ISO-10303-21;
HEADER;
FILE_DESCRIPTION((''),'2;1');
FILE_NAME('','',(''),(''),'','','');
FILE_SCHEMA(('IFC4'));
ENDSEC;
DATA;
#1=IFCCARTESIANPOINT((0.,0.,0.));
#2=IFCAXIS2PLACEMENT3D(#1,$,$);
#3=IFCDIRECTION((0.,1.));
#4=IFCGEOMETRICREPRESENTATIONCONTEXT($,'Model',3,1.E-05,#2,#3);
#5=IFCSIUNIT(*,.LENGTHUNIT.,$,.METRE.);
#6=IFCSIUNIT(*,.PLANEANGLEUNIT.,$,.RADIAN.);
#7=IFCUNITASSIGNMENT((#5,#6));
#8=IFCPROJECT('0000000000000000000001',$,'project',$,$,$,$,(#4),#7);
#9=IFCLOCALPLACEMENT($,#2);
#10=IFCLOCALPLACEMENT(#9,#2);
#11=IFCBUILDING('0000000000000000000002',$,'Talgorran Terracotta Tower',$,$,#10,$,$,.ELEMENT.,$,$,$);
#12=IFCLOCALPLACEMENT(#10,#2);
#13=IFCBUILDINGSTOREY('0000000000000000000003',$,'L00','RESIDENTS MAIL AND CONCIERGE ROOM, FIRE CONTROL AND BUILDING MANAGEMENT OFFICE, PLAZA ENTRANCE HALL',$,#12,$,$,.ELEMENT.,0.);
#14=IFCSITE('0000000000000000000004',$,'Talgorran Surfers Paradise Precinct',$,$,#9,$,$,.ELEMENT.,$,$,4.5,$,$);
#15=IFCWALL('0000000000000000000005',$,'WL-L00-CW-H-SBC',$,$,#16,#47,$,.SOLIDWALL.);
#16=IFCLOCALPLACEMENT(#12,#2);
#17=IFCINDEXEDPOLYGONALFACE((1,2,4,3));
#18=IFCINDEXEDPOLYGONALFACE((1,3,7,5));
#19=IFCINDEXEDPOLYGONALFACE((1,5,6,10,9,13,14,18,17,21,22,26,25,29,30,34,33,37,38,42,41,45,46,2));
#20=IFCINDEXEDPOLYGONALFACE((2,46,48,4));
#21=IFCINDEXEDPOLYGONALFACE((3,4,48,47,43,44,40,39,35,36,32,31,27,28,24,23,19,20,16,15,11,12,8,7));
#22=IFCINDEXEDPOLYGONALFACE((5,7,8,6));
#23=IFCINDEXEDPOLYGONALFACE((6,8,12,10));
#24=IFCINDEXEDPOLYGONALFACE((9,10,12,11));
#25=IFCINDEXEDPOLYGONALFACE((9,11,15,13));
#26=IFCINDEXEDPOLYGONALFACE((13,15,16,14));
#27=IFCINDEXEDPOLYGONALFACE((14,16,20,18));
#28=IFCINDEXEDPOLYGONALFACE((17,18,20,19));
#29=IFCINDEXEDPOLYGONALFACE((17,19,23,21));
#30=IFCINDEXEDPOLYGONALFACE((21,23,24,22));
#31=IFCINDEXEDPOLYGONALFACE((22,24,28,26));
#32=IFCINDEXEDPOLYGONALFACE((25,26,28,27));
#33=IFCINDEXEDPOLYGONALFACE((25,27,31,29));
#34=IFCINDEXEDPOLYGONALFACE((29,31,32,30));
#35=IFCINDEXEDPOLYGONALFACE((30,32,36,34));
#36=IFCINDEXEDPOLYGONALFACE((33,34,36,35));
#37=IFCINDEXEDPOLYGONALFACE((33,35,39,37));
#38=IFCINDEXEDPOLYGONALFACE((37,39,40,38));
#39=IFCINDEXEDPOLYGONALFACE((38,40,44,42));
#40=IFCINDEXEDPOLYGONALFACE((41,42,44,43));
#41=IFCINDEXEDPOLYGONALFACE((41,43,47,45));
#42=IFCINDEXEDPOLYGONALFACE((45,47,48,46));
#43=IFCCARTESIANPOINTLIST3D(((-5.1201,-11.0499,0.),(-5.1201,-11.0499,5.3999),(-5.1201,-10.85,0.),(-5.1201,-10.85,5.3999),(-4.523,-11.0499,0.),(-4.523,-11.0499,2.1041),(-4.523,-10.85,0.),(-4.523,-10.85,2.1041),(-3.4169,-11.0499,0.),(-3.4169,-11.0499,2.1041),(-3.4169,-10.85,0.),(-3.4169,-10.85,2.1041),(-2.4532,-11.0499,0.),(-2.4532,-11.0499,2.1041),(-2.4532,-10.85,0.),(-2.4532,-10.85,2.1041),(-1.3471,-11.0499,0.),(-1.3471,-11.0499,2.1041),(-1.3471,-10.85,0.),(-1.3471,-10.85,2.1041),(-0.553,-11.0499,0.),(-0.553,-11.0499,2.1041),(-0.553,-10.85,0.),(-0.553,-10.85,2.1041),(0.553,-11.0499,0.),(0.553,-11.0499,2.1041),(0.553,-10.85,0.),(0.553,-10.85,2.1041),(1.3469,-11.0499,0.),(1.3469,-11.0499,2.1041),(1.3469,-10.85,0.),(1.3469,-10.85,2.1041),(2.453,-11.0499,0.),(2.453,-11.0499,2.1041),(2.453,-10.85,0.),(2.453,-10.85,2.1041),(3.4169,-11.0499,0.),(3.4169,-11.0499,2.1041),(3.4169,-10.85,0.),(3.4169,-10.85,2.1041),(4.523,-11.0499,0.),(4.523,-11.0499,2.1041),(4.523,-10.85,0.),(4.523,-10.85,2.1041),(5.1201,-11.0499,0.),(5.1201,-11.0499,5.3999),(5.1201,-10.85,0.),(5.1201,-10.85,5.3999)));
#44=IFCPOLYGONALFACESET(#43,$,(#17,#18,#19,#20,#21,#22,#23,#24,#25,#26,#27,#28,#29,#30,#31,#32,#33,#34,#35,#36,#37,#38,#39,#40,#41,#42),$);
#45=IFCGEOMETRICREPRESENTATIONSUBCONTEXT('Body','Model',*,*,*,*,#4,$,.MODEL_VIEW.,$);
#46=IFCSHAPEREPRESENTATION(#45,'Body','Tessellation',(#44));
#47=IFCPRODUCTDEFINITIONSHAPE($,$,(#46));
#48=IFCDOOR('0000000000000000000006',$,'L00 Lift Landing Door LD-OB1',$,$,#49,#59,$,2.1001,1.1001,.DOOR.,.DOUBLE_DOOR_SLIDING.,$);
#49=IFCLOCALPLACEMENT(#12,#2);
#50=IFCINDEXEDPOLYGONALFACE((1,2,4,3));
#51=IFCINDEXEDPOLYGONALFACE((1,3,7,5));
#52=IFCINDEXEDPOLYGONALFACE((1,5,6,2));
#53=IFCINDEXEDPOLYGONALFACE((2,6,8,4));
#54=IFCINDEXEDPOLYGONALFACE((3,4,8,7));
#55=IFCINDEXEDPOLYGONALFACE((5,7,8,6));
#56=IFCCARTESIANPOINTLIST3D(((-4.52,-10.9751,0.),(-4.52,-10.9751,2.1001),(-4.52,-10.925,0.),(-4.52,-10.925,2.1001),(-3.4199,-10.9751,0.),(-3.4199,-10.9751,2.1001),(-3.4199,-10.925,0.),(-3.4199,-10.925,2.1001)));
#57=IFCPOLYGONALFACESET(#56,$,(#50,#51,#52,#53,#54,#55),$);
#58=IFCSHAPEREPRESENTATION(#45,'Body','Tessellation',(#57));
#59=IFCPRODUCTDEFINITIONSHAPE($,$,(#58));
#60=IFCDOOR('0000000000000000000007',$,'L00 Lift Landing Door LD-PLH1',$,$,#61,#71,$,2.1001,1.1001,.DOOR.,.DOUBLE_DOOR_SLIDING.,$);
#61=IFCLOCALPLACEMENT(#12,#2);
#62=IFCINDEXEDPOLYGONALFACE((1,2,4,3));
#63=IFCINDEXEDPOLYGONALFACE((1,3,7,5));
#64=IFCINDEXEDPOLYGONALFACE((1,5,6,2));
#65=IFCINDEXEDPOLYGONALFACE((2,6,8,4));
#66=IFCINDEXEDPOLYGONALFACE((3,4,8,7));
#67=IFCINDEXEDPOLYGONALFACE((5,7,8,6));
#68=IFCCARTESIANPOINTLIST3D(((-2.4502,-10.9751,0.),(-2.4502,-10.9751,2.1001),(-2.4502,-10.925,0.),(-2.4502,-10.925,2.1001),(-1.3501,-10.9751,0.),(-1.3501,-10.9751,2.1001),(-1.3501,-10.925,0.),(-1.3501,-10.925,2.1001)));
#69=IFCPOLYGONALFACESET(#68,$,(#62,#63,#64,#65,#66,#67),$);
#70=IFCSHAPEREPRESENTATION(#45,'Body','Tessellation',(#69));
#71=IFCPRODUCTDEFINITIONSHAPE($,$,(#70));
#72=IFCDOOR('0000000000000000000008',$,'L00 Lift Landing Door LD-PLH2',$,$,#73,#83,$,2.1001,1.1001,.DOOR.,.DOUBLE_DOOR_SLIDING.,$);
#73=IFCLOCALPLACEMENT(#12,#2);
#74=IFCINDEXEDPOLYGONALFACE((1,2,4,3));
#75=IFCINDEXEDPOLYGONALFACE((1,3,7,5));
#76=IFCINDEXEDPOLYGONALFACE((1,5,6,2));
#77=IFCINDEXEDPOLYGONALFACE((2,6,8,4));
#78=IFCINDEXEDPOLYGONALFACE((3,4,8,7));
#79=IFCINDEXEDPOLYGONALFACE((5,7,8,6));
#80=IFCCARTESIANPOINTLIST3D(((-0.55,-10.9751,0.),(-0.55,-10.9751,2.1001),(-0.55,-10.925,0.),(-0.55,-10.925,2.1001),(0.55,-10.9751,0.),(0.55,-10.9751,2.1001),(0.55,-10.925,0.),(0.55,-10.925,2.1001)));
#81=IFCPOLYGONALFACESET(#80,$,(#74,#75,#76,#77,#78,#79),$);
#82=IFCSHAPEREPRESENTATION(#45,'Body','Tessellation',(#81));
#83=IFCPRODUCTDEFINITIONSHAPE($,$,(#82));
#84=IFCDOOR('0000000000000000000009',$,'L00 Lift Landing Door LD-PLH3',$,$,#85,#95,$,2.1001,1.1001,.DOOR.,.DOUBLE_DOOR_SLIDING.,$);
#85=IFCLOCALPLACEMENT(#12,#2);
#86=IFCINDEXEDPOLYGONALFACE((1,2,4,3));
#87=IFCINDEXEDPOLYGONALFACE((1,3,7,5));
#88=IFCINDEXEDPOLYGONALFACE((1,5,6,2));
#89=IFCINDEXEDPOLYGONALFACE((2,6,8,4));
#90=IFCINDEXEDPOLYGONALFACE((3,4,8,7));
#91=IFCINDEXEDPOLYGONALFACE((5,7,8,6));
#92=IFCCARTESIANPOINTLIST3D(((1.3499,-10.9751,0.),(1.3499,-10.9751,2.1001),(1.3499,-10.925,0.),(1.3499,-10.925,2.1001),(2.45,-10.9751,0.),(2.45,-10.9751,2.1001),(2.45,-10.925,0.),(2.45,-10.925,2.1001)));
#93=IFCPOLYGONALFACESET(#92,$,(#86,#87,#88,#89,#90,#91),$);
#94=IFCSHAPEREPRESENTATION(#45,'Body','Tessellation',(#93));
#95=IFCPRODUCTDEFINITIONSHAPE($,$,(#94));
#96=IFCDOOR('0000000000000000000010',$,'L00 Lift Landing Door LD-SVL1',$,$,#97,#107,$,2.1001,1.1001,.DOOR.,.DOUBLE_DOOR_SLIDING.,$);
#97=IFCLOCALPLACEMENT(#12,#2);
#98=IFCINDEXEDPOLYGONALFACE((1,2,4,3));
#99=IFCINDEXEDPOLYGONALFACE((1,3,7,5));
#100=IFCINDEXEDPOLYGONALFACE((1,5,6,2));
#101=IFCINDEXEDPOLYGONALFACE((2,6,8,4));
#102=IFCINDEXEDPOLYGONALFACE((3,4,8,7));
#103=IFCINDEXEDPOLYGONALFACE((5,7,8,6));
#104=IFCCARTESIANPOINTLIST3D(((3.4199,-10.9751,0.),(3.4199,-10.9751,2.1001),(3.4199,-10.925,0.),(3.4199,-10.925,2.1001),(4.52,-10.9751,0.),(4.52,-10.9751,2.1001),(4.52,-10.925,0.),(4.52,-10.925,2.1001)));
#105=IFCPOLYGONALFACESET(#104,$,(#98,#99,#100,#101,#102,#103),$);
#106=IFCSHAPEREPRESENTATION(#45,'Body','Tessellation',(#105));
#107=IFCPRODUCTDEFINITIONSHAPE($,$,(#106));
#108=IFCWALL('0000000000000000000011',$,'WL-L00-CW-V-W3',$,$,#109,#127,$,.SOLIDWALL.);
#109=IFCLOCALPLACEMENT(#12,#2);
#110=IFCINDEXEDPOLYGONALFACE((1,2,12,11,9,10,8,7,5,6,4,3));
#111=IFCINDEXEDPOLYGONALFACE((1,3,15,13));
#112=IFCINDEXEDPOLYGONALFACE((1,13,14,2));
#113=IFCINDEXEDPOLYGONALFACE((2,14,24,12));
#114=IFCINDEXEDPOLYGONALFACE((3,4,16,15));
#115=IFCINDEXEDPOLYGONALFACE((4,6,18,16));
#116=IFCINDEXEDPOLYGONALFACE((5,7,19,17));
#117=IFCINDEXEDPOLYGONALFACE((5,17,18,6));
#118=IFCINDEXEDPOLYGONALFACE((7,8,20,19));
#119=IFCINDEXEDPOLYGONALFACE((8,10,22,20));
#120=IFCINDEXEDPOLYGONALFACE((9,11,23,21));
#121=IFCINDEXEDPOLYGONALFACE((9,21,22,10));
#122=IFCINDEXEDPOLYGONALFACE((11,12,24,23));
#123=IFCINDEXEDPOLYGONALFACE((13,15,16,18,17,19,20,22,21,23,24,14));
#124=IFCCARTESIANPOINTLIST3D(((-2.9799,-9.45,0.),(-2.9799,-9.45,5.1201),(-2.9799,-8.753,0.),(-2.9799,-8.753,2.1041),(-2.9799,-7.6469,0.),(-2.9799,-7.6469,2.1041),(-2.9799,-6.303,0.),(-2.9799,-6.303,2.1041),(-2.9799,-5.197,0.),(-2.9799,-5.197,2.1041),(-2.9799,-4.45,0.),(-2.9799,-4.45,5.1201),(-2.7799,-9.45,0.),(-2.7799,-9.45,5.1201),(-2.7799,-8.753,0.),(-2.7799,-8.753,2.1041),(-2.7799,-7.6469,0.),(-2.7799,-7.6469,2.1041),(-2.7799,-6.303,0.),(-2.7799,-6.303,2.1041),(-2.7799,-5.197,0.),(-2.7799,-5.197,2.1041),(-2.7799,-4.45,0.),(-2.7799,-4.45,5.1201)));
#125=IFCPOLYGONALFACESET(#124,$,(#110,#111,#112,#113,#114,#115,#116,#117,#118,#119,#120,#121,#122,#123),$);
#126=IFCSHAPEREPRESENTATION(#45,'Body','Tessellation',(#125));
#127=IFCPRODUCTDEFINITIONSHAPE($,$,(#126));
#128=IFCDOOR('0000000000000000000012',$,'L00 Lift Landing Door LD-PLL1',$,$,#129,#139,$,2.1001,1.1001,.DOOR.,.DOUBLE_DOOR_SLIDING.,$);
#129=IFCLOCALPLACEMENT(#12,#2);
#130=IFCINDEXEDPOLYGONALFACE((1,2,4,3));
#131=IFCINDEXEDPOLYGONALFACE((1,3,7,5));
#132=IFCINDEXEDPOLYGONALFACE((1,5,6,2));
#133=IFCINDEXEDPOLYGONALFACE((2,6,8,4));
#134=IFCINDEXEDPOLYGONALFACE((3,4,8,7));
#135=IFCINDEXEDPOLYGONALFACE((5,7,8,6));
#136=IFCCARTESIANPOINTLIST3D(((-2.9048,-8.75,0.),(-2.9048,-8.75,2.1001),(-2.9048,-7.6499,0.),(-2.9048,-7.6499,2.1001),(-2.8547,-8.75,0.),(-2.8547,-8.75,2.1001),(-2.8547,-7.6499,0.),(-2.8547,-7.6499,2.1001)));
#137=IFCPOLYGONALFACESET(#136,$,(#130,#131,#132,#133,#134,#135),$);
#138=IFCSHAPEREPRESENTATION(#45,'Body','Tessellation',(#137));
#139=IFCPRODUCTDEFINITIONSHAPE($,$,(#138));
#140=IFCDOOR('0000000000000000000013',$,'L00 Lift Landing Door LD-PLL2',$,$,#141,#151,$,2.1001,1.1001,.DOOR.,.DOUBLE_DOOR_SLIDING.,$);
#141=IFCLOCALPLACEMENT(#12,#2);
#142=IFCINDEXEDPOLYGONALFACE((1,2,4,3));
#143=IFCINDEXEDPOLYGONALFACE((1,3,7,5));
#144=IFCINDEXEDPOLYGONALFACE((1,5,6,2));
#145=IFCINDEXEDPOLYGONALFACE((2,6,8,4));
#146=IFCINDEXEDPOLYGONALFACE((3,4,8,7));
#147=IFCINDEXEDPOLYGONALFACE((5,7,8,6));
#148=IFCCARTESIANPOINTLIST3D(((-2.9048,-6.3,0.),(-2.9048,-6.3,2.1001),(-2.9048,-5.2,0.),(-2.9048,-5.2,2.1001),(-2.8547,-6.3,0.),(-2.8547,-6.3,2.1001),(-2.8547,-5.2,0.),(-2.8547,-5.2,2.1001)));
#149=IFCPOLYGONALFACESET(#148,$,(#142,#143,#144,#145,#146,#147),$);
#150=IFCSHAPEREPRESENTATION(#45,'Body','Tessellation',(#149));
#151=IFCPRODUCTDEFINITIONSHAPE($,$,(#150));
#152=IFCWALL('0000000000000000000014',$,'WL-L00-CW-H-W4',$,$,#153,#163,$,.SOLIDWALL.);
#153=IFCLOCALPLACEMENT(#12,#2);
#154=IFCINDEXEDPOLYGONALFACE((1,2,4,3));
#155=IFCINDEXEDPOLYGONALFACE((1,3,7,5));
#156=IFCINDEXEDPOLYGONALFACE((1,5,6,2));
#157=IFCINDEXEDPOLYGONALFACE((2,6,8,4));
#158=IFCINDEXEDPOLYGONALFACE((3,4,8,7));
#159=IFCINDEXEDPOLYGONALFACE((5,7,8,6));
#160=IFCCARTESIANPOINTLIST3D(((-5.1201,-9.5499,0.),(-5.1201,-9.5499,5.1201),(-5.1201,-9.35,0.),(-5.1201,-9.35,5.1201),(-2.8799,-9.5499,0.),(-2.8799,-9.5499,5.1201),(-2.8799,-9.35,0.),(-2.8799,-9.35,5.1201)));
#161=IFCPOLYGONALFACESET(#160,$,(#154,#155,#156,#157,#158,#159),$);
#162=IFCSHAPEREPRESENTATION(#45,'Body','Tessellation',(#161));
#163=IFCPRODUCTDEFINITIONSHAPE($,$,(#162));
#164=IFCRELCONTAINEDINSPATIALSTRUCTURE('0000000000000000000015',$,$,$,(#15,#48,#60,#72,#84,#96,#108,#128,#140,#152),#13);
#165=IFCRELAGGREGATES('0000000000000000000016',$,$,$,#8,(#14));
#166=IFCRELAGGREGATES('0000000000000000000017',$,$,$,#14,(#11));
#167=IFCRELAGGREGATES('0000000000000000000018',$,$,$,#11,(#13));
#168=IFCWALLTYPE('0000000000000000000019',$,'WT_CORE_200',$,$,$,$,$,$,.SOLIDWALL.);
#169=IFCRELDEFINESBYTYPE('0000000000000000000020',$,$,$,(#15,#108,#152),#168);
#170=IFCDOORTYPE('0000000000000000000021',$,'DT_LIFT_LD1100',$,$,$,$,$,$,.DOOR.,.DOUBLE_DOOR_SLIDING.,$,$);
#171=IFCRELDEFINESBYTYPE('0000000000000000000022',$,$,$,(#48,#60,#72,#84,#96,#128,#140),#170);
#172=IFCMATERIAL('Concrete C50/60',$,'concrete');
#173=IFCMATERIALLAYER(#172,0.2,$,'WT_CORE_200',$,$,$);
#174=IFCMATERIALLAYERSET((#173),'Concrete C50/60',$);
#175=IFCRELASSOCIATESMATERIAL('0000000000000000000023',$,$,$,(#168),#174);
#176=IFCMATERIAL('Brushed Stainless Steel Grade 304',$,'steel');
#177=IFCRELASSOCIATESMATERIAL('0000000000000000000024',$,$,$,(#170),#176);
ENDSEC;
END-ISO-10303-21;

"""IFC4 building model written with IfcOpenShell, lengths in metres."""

from ifc_helpers import new_model, si_unit, direction, frame, frame_2d, origin, place, context, subcontext, project, spatial, rectangle, extrude, material, layer, layer_set, type_object, element, fill, save


model = new_model("IFC4")

# Units and contexts
model_context = context("Model", 3, precision=1e-05, world=origin(), true_north=direction((0.0, 1.0)))
body_context = subcontext(model_context, "Body", "Model", "MODEL_VIEW")
ifc_project = project(units=[si_unit("LENGTHUNIT", "METRE"), si_unit("PLANEANGLEUNIT", "RADIAN")], contexts=[model_context])

# Site, building, storey
site_placement = place(None, origin())
site = spatial("IfcSite", under=ifc_project, at=site_placement, Name="Talgorran Surfers Paradise Precinct", CompositionType="ELEMENT", RefElevation=4.5)
building_placement = place(site_placement, origin())
building = spatial("IfcBuilding", under=site, at=building_placement, Name="Talgorran Terracotta Tower", CompositionType="ELEMENT")
storey_placement = place(building_placement, origin())
storey = spatial("IfcBuildingStorey", under=building, at=storey_placement, Name="L00", Description="RESIDENTS MAIL AND CONCIERGE ROOM, FIRE CONTROL AND BUILDING MANAGEMENT OFFICE, PLAZA ENTRANCE HALL", CompositionType="ELEMENT", Elevation=0.0)

# Walls, openings, doors
ifc_material_1 = material(Name="Concrete C50/60", Category="concrete")
ifc_layer_1 = layer(ifc_material_1, 0.2, Name="WT_CORE_200")
ifc_layer_set_1 = layer_set([ifc_layer_1], Name="Concrete C50/60")
wall_type_1 = type_object("IfcWallType", Name="WT_CORE_200", PredefinedType="SOLIDWALL", material=ifc_layer_set_1)
ifc_material_2 = material(Name="Brushed Stainless Steel Grade 304", Category="steel")
door_type_1 = type_object("IfcDoorType", Name="DT_LIFT_LD1100", OperationType="DOUBLE_DOOR_SLIDING", PredefinedType="DOOR", material=ifc_material_2)
wall_1_placement = place(storey_placement, frame((-5.1201, -10.95, 0.0), z_axis=(0.0, 0.0, 1.0), x_axis=(1.0, 0.0, 0.0)))
wall_1 = element("IfcWall", 1, at=wall_1_placement, inside=storey, type_object=wall_type_1, Name="WL-L00-CW-H-SBC", PredefinedType="SOLIDWALL", context=body_context, shape_type="SweptSolid", body=[
    extrude(rectangle(XDim=10.2402, YDim=0.2, at=frame_2d((5.1201, 0.0))), origin(), (0.0, 0.0, 1.0), 5.3999),
])
opening_1_placement = place(wall_1_placement, frame((0.6001, 0.0, 0.0)))
opening_1 = element("IfcOpeningElement", 2, at=opening_1_placement, cuts=wall_1, PredefinedType="OPENING", context=body_context, shape_type="SweptSolid", body=[
    extrude(rectangle(XDim=1.1061, YDim=2.1041, at=frame_2d((0.55, 1.052))), frame((0.0, 0.1099, 0.0), z_axis=(0.0, -1.0, 0.0), x_axis=(1.0, 0.0, 0.0)), (0.0, 0.0, 1.0), 0.22),
])
opening_2_placement = place(wall_1_placement, frame((2.6699, 0.0, 0.0)))
opening_2 = element("IfcOpeningElement", 3, at=opening_2_placement, cuts=wall_1, PredefinedType="OPENING", context=body_context, shape_type="SweptSolid", body=[
    extrude(rectangle(XDim=1.1061, YDim=2.1041, at=frame_2d((0.55, 1.052))), frame((0.0, 0.1099, 0.0), z_axis=(0.0, -1.0, 0.0), x_axis=(1.0, 0.0, 0.0)), (0.0, 0.0, 1.0), 0.22),
])
opening_3_placement = place(wall_1_placement, frame((4.5701, 0.0, 0.0)))
opening_3 = element("IfcOpeningElement", 4, at=opening_3_placement, cuts=wall_1, PredefinedType="OPENING", context=body_context, shape_type="SweptSolid", body=[
    extrude(rectangle(XDim=1.1061, YDim=2.1041, at=frame_2d((0.55, 1.052))), frame((0.0, 0.1099, 0.0), z_axis=(0.0, -1.0, 0.0), x_axis=(1.0, 0.0, 0.0)), (0.0, 0.0, 1.0), 0.22),
])
opening_4_placement = place(wall_1_placement, frame((6.47, 0.0, 0.0)))
opening_4 = element("IfcOpeningElement", 5, at=opening_4_placement, cuts=wall_1, PredefinedType="OPENING", context=body_context, shape_type="SweptSolid", body=[
    extrude(rectangle(XDim=1.1061, YDim=2.1041, at=frame_2d((0.55, 1.052))), frame((0.0, 0.1099, 0.0), z_axis=(0.0, -1.0, 0.0), x_axis=(1.0, 0.0, 0.0)), (0.0, 0.0, 1.0), 0.22),
])
opening_5_placement = place(wall_1_placement, frame((8.54, 0.0, 0.0)))
opening_5 = element("IfcOpeningElement", 6, at=opening_5_placement, cuts=wall_1, PredefinedType="OPENING", context=body_context, shape_type="SweptSolid", body=[
    extrude(rectangle(XDim=1.1061, YDim=2.1041, at=frame_2d((0.55, 1.052))), frame((0.0, 0.1099, 0.0), z_axis=(0.0, -1.0, 0.0), x_axis=(1.0, 0.0, 0.0)), (0.0, 0.0, 1.0), 0.22),
])
door_1_placement = place(opening_1_placement, origin())
door_1 = element("IfcDoor", 7, at=door_1_placement, inside=storey, type_object=door_type_1, Name="L00 Lift Landing Door LD-OB1", OperationType="DOUBLE_DOOR_SLIDING", OverallHeight=2.1001, OverallWidth=1.1001, PredefinedType="DOOR", context=body_context, shape_type="SweptSolid", body=[
    extrude(rectangle(XDim=1.1001, YDim=2.1001, at=frame_2d((0.55, 1.05))), frame((0.0, 0.0249, 0.0), z_axis=(0.0, -1.0, 0.0), x_axis=(1.0, 0.0, 0.0)), (0.0, 0.0, 1.0), 0.05),
])
fill(opening_1, door_1)
door_2_placement = place(opening_2_placement, origin())
door_2 = element("IfcDoor", 8, at=door_2_placement, inside=storey, type_object=door_type_1, Name="L00 Lift Landing Door LD-PLH1", OperationType="DOUBLE_DOOR_SLIDING", OverallHeight=2.1001, OverallWidth=1.1001, PredefinedType="DOOR", context=body_context, shape_type="SweptSolid", body=[
    extrude(rectangle(XDim=1.1001, YDim=2.1001, at=frame_2d((0.55, 1.05))), frame((0.0, 0.0249, 0.0), z_axis=(0.0, -1.0, 0.0), x_axis=(1.0, 0.0, 0.0)), (0.0, 0.0, 1.0), 0.05),
])
fill(opening_2, door_2)
door_3_placement = place(opening_3_placement, origin())
door_3 = element("IfcDoor", 9, at=door_3_placement, inside=storey, type_object=door_type_1, Name="L00 Lift Landing Door LD-PLH2", OperationType="DOUBLE_DOOR_SLIDING", OverallHeight=2.1001, OverallWidth=1.1001, PredefinedType="DOOR", context=body_context, shape_type="SweptSolid", body=[
    extrude(rectangle(XDim=1.1001, YDim=2.1001, at=frame_2d((0.55, 1.05))), frame((0.0, 0.0249, 0.0), z_axis=(0.0, -1.0, 0.0), x_axis=(1.0, 0.0, 0.0)), (0.0, 0.0, 1.0), 0.05),
])
fill(opening_3, door_3)
door_4_placement = place(opening_4_placement, origin())
door_4 = element("IfcDoor", 10, at=door_4_placement, inside=storey, type_object=door_type_1, Name="L00 Lift Landing Door LD-PLH3", OperationType="DOUBLE_DOOR_SLIDING", OverallHeight=2.1001, OverallWidth=1.1001, PredefinedType="DOOR", context=body_context, shape_type="SweptSolid", body=[
    extrude(rectangle(XDim=1.1001, YDim=2.1001, at=frame_2d((0.55, 1.05))), frame((0.0, 0.0249, 0.0), z_axis=(0.0, -1.0, 0.0), x_axis=(1.0, 0.0, 0.0)), (0.0, 0.0, 1.0), 0.05),
])
fill(opening_4, door_4)
door_5_placement = place(opening_5_placement, origin())
door_5 = element("IfcDoor", 11, at=door_5_placement, inside=storey, type_object=door_type_1, Name="L00 Lift Landing Door LD-SVL1", OperationType="DOUBLE_DOOR_SLIDING", OverallHeight=2.1001, OverallWidth=1.1001, PredefinedType="DOOR", context=body_context, shape_type="SweptSolid", body=[
    extrude(rectangle(XDim=1.1001, YDim=2.1001, at=frame_2d((0.55, 1.05))), frame((0.0, 0.0249, 0.0), z_axis=(0.0, -1.0, 0.0), x_axis=(1.0, 0.0, 0.0)), (0.0, 0.0, 1.0), 0.05),
])
fill(opening_5, door_5)
wall_2_placement = place(storey_placement, frame((-2.8799, -9.45, 0.0), z_axis=(0.0, 0.0, 1.0), x_axis=(0.0, 1.0, 0.0)))
wall_2 = element("IfcWall", 12, at=wall_2_placement, inside=storey, type_object=wall_type_1, Name="WL-L00-CW-V-W3", PredefinedType="SOLIDWALL", context=body_context, shape_type="SweptSolid", body=[
    extrude(rectangle(XDim=5.0, YDim=0.2, at=frame_2d((2.5, 0.0))), origin(), (0.0, 0.0, 1.0), 5.1201),
])
opening_6_placement = place(wall_2_placement, frame((0.7, 0.0, 0.0)))
opening_6 = element("IfcOpeningElement", 13, at=opening_6_placement, cuts=wall_2, PredefinedType="OPENING", context=body_context, shape_type="SweptSolid", body=[
    extrude(rectangle(XDim=1.1061, YDim=2.1041, at=frame_2d((0.55, 1.052))), frame((0.0, 0.1099, 0.0), z_axis=(0.0, -1.0, 0.0), x_axis=(1.0, 0.0, 0.0)), (0.0, 0.0, 1.0), 0.22),
])
opening_7_placement = place(wall_2_placement, frame((3.1499, 0.0, 0.0)))
opening_7 = element("IfcOpeningElement", 14, at=opening_7_placement, cuts=wall_2, PredefinedType="OPENING", context=body_context, shape_type="SweptSolid", body=[
    extrude(rectangle(XDim=1.1061, YDim=2.1041, at=frame_2d((0.55, 1.052))), frame((0.0, 0.1099, 0.0), z_axis=(0.0, -1.0, 0.0), x_axis=(1.0, 0.0, 0.0)), (0.0, 0.0, 1.0), 0.22),
])
door_6_placement = place(opening_6_placement, origin())
door_6 = element("IfcDoor", 15, at=door_6_placement, inside=storey, type_object=door_type_1, Name="L00 Lift Landing Door LD-PLL1", OperationType="DOUBLE_DOOR_SLIDING", OverallHeight=2.1001, OverallWidth=1.1001, PredefinedType="DOOR", context=body_context, shape_type="SweptSolid", body=[
    extrude(rectangle(XDim=1.1001, YDim=2.1001, at=frame_2d((0.55, 1.05))), frame((0.0, 0.0249, 0.0), z_axis=(0.0, -1.0, 0.0), x_axis=(1.0, 0.0, 0.0)), (0.0, 0.0, 1.0), 0.05),
])
fill(opening_6, door_6)
door_7_placement = place(opening_7_placement, origin())
door_7 = element("IfcDoor", 16, at=door_7_placement, inside=storey, type_object=door_type_1, Name="L00 Lift Landing Door LD-PLL2", OperationType="DOUBLE_DOOR_SLIDING", OverallHeight=2.1001, OverallWidth=1.1001, PredefinedType="DOOR", context=body_context, shape_type="SweptSolid", body=[
    extrude(rectangle(XDim=1.1001, YDim=2.1001, at=frame_2d((0.55, 1.05))), frame((0.0, 0.0249, 0.0), z_axis=(0.0, -1.0, 0.0), x_axis=(1.0, 0.0, 0.0)), (0.0, 0.0, 1.0), 0.05),
])
fill(opening_7, door_7)

# Wall
wall_3_placement = place(storey_placement, frame((-5.1201, -9.45, 0.0), z_axis=(0.0, 0.0, 1.0), x_axis=(1.0, 0.0, 0.0)))
element("IfcWall", 17, at=wall_3_placement, inside=storey, type_object=wall_type_1, Name="WL-L00-CW-H-W4", PredefinedType="SOLIDWALL", context=body_context, shape_type="SweptSolid", body=[
    extrude(rectangle(XDim=2.2402, YDim=0.2, at=frame_2d((1.1201, 0.0))), origin(), (0.0, 0.0, 1.0), 5.1201),
])

save(model, "model.ifc")
